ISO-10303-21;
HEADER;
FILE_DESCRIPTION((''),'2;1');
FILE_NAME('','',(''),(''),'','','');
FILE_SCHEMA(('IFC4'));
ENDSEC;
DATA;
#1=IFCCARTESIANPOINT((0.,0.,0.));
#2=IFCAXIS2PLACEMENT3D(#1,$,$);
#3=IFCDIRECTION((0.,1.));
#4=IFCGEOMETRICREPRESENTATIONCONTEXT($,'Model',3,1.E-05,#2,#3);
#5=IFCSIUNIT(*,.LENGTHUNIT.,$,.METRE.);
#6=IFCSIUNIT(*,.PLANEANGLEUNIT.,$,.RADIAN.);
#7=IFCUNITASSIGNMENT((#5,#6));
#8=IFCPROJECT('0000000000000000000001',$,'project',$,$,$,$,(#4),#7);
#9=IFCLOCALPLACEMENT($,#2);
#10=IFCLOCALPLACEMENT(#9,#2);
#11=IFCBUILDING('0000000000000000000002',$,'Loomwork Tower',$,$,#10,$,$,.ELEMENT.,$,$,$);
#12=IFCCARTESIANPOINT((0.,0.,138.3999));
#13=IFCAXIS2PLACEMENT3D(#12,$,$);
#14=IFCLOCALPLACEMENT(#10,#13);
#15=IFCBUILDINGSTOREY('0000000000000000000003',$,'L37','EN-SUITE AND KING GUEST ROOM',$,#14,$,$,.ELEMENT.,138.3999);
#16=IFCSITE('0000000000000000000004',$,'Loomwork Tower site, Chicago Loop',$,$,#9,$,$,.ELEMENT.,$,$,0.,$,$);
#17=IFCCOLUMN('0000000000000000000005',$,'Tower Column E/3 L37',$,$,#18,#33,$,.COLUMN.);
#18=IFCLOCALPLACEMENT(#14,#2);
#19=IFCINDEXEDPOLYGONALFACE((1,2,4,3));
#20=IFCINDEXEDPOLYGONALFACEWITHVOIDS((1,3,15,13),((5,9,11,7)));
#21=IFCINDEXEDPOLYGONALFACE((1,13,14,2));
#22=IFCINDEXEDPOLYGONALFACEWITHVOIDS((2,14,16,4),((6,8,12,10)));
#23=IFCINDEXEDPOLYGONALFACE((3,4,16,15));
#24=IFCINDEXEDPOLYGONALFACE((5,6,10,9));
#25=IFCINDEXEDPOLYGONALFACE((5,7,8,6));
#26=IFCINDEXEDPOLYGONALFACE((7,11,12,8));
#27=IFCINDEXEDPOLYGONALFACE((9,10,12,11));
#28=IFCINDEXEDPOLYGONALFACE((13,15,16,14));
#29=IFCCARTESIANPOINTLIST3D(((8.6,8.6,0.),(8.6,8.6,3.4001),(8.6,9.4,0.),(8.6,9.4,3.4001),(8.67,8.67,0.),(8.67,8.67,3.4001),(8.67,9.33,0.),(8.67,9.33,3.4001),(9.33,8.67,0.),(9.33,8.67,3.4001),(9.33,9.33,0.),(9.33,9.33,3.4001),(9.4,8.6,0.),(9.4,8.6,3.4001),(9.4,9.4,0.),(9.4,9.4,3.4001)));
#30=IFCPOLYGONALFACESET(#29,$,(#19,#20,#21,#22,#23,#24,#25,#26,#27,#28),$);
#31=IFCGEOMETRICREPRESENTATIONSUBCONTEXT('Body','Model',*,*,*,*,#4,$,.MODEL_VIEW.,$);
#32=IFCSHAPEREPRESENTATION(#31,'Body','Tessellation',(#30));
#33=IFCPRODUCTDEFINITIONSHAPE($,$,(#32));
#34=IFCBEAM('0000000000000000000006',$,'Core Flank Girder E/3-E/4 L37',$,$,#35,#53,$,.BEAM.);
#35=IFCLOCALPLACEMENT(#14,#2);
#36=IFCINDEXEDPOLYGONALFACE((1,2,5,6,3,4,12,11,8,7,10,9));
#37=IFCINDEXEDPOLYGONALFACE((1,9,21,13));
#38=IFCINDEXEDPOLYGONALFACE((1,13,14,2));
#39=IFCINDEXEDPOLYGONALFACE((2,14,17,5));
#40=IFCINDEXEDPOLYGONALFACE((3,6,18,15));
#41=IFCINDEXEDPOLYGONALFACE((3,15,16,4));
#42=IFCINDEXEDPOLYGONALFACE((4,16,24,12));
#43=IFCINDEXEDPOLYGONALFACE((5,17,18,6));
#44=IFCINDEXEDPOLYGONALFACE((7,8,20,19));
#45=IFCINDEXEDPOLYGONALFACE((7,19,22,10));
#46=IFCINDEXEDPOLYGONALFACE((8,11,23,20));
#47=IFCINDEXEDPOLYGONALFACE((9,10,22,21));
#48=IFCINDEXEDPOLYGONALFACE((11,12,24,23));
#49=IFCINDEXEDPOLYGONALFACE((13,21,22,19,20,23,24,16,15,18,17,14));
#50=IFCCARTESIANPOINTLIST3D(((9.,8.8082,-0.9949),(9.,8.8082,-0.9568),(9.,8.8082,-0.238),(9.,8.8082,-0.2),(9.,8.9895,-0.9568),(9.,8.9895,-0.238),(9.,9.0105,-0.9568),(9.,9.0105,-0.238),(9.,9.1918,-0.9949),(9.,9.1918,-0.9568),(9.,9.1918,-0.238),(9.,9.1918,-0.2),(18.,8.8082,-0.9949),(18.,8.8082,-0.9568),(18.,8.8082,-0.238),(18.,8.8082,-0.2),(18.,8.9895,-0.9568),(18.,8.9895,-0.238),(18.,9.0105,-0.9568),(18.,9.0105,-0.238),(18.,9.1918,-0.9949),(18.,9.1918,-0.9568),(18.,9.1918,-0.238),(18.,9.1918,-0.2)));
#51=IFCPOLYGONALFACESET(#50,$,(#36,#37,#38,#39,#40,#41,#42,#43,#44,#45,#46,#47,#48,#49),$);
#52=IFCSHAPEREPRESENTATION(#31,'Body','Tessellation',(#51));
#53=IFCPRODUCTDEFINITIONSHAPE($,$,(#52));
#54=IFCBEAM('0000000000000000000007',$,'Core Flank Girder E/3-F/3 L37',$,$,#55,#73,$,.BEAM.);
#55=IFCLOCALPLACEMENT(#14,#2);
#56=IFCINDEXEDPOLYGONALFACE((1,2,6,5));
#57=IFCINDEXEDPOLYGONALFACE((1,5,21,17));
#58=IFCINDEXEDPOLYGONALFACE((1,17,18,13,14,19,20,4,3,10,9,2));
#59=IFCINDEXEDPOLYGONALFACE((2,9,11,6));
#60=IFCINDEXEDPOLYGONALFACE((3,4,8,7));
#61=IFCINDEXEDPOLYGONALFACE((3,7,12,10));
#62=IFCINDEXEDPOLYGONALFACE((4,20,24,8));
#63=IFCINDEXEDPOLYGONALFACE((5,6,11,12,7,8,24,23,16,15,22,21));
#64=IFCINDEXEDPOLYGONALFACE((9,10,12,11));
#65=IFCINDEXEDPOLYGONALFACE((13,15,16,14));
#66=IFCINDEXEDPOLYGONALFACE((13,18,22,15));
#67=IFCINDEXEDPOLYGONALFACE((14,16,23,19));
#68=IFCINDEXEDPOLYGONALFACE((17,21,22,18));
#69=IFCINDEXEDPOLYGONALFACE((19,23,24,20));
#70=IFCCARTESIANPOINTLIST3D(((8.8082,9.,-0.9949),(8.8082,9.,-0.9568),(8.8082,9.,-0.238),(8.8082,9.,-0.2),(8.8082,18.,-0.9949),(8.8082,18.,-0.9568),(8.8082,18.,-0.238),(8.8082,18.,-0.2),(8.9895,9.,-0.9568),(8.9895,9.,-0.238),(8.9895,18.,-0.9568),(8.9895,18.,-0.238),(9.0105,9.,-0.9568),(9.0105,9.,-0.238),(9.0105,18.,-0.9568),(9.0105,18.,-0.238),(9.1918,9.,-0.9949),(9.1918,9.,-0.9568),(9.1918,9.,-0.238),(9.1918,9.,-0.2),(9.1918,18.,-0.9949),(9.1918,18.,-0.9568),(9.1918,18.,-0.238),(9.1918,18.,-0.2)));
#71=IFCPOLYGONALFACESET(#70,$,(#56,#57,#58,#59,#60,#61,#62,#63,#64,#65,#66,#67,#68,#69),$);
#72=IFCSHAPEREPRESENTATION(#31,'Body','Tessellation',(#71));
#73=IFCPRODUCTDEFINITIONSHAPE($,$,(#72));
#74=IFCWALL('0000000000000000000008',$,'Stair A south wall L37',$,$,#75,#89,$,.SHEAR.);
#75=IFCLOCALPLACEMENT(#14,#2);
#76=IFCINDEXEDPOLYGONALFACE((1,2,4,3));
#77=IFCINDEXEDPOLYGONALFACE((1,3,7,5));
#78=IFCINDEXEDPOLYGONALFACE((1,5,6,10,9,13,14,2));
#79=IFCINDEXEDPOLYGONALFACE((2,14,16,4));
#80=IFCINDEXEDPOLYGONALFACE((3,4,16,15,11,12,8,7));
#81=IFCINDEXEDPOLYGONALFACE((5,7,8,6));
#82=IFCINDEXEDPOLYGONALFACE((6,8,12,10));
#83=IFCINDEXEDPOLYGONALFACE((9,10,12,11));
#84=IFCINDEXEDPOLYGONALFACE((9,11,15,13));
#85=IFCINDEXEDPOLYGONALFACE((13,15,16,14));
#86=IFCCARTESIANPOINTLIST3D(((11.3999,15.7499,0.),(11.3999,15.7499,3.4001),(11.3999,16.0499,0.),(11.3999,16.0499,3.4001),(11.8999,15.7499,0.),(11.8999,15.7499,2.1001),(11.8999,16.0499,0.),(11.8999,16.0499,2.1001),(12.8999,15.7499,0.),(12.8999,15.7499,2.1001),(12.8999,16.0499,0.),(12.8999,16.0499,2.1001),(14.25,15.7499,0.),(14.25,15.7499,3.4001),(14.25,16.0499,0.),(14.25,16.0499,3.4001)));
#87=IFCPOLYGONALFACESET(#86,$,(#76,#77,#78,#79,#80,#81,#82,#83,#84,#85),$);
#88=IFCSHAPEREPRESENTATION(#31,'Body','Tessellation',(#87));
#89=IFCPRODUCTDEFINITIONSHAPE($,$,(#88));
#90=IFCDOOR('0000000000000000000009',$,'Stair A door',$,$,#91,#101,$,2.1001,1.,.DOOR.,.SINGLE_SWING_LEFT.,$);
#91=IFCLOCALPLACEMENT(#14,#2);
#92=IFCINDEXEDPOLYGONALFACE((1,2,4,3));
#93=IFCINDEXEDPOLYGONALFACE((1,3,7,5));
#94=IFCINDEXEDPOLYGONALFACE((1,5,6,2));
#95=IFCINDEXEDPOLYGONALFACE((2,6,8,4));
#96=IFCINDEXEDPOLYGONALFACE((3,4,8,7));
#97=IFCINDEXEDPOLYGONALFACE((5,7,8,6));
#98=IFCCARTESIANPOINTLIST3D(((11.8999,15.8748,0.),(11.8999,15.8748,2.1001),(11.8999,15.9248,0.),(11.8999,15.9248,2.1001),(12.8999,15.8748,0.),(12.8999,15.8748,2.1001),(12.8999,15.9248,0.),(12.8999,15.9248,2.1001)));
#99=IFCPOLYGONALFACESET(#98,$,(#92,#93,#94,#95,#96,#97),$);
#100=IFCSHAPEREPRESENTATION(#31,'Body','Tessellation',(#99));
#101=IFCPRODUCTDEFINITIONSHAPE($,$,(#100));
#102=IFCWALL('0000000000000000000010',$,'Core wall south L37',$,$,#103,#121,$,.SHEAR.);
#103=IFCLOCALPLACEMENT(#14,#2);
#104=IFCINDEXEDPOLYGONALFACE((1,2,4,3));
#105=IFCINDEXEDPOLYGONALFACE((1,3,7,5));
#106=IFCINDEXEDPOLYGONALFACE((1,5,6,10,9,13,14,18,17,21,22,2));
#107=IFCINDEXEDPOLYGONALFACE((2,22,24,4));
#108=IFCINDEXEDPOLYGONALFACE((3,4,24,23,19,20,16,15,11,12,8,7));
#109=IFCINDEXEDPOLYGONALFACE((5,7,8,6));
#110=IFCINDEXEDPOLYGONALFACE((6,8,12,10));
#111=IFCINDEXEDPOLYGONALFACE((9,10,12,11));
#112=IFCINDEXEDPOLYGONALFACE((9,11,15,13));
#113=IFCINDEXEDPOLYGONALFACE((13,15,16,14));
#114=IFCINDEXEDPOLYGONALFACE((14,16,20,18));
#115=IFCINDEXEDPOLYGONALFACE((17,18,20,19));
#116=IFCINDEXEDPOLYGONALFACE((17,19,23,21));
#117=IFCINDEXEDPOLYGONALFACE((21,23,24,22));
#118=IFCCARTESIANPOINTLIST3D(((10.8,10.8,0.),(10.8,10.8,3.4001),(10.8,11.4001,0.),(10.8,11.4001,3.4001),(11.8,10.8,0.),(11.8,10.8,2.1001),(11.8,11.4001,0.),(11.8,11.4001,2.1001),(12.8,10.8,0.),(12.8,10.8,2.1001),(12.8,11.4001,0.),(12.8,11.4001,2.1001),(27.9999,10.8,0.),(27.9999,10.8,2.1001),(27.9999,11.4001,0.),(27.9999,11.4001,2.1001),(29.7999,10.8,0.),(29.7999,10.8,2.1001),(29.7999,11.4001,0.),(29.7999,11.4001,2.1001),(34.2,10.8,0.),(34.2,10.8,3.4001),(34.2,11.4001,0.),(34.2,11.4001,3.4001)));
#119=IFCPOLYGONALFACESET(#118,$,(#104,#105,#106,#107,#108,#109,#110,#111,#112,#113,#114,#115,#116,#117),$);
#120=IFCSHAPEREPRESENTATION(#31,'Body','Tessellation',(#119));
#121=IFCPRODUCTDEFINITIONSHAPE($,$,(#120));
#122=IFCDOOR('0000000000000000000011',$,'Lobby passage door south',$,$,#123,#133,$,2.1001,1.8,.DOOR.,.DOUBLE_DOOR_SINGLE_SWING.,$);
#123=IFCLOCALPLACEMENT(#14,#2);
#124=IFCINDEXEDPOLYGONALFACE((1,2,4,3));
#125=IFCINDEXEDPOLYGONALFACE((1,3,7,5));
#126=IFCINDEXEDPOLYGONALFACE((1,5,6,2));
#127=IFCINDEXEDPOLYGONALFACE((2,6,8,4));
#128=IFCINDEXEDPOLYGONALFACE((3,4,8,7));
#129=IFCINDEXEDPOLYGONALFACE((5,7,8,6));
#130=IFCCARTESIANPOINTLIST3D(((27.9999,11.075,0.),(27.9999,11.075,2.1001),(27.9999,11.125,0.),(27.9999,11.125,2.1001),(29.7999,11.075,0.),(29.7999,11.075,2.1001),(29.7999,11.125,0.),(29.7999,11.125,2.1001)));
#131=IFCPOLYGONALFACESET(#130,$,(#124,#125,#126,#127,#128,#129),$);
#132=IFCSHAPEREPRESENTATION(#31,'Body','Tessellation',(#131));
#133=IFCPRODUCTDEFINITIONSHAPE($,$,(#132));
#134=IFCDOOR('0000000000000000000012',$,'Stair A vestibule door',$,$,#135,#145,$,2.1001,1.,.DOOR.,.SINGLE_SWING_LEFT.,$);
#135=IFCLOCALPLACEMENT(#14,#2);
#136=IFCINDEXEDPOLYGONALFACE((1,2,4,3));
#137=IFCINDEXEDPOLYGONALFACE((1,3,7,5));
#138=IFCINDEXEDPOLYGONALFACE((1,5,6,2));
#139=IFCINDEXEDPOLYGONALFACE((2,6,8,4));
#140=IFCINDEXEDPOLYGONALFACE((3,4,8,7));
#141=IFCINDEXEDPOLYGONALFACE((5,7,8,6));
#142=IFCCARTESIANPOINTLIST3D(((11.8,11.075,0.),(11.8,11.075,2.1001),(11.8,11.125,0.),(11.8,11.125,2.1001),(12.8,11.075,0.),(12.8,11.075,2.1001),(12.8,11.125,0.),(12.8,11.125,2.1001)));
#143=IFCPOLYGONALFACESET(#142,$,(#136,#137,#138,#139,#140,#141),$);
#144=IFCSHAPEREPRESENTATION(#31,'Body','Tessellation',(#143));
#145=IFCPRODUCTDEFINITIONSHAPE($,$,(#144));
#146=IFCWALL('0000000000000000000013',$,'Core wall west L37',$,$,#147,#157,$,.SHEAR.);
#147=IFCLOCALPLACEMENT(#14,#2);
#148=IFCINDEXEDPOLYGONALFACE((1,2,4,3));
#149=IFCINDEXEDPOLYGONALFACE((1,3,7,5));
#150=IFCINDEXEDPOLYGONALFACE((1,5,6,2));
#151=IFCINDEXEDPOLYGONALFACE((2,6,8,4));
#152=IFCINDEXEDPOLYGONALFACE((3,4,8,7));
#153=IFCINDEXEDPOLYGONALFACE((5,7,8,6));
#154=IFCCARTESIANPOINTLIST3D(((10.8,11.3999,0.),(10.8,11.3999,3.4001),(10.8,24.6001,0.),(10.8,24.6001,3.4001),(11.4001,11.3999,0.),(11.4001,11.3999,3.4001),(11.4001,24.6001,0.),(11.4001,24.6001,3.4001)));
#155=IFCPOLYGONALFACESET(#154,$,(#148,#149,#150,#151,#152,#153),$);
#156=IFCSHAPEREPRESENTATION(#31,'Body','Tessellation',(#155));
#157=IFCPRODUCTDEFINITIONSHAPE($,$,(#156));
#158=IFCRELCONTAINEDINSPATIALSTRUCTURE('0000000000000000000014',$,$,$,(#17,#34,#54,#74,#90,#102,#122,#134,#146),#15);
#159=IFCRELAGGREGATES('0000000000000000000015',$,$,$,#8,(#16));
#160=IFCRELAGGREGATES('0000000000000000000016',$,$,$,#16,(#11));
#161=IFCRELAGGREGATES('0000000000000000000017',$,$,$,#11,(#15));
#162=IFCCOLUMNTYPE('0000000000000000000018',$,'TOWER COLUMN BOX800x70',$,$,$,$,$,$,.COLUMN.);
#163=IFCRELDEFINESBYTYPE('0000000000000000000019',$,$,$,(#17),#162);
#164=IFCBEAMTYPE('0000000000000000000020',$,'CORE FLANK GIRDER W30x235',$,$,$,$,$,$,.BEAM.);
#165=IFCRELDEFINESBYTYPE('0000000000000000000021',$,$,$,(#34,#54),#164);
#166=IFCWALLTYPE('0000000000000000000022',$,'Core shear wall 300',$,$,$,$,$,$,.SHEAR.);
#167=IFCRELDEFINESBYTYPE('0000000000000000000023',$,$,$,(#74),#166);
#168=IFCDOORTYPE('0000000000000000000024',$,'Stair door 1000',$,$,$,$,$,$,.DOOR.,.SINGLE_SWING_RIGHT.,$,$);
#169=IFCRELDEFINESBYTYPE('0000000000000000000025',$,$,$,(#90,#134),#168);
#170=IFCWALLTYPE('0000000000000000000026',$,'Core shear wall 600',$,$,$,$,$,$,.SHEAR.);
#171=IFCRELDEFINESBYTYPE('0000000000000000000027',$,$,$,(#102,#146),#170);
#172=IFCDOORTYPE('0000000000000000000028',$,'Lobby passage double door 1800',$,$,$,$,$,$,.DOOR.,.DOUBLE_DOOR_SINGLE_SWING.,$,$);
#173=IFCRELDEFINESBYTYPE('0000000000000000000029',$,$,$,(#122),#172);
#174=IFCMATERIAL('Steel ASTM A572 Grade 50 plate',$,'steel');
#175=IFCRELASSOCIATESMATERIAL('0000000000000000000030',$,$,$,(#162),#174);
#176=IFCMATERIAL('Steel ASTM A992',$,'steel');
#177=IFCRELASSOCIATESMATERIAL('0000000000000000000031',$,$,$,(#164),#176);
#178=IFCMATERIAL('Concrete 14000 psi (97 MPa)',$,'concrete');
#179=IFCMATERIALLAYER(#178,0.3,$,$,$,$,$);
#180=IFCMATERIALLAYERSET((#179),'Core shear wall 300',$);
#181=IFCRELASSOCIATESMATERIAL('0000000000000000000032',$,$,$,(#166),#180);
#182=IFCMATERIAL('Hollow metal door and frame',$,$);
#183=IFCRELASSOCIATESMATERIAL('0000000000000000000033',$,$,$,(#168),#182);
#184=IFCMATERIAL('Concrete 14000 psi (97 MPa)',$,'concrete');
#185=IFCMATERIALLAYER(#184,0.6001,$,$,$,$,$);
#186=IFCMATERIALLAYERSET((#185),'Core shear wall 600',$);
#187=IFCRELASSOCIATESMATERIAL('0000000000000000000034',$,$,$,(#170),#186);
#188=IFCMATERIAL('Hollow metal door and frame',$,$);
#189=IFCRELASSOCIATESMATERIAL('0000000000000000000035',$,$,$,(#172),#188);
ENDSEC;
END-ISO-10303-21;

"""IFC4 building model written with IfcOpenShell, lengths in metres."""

from ifc_helpers import new_model, si_unit, direction, frame, frame_2d, origin, origin_2d, place, context, subcontext, project, spatial, rectangle, hollow_rectangle, i_section, extrude, material, layer, layer_set, material_profile, profile_set, type_object, element, fill, save


model = new_model("IFC4")

# Units and contexts
model_context = context("Model", 3, precision=1e-05, world=origin(), true_north=direction((0.0, 1.0)))
body_context = subcontext(model_context, "Body", "Model", "MODEL_VIEW")
ifc_project = project(units=[si_unit("LENGTHUNIT", "METRE"), si_unit("PLANEANGLEUNIT", "RADIAN")], contexts=[model_context])

# Site, building, storey
site_placement = place(None, origin())
site = spatial("IfcSite", under=ifc_project, at=site_placement, Name="Loomwork Tower site, Chicago Loop", CompositionType="ELEMENT", RefElevation=0.0)
building_placement = place(site_placement, origin())
building = spatial("IfcBuilding", under=site, at=building_placement, Name="Loomwork Tower", CompositionType="ELEMENT")
storey_placement = place(building_placement, frame((0.0, 0.0, 138.3999)))
storey = spatial("IfcBuildingStorey", under=building, at=storey_placement, Name="L37", Description="EN-SUITE AND KING GUEST ROOM", CompositionType="ELEMENT", Elevation=138.3999)

# Column
ifc_material_1 = material(Name="Steel ASTM A572 Grade 50 plate", Category="steel")
ifc_material_profile_1 = material_profile(ifc_material_1, hollow_rectangle(XDim=0.8, YDim=0.8, WallThickness=0.0701, at=origin_2d()), Name="BOX800x70")
ifc_profile_set_1 = profile_set([ifc_material_profile_1], Name="Steel ASTM A572 Grade 50 plate")
column_type = type_object("IfcColumnType", Name="TOWER COLUMN BOX800x70", PredefinedType="COLUMN", material=ifc_profile_set_1)
column_placement = place(storey_placement, frame((9.0, 9.0, 0.0), z_axis=(0.0, 0.0, 1.0), x_axis=(1.0, 0.0, 0.0)))
element("IfcColumn", 1, at=column_placement, inside=storey, type_object=column_type, Name="Tower Column E/3 L37", PredefinedType="COLUMN", context=body_context, shape_type="SweptSolid", body=[
    extrude(hollow_rectangle(XDim=0.8, YDim=0.8, WallThickness=0.0701, at=origin_2d()), origin(), (0.0, 0.0, 1.0), 3.4001),
])

# Beams
ifc_material_2 = material(Name="Steel ASTM A992", Category="steel")
ifc_material_profile_2 = material_profile(ifc_material_2, i_section(OverallWidth=0.3835, OverallDepth=0.7949, WebThickness=0.021, FlangeThickness=0.0381, at=origin_2d()), Name="W30x235")
ifc_profile_set_2 = profile_set([ifc_material_profile_2], Name="Steel ASTM A992")
beam_type = type_object("IfcBeamType", Name="CORE FLANK GIRDER W30x235", PredefinedType="BEAM", material=ifc_profile_set_2)
for number, where, z_axis, x_axis, name in (
    (2, (9.0, 9.0, -0.5974), (1.0, 0.0, 0.0), (0.0, 1.0, 0.0), "Core Flank Girder E/3-E/4 L37"),
    (3, (9.0, 9.0, -0.5974), (0.0, 1.0, 0.0), (-1.0, 0.0, 0.0), "Core Flank Girder E/3-F/3 L37"),
):
    element("IfcBeam", number, at=place(storey_placement, frame(where, z_axis=z_axis, x_axis=x_axis)), inside=storey, type_object=beam_type, Name=name, PredefinedType="BEAM", context=body_context, shape_type="SweptSolid", body=[
        extrude(i_section(OverallWidth=0.3835, OverallDepth=0.7949, WebThickness=0.021, FlangeThickness=0.0381, at=origin_2d()), origin(), (0.0, 0.0, 1.0), 9.0),
    ])

# Wall, opening, door
ifc_material_3 = material(Name="Concrete 14000 psi (97 MPa)", Category="concrete")
ifc_layer_1 = layer(ifc_material_3, 0.3)
ifc_layer_set_1 = layer_set([ifc_layer_1], Name="Core shear wall 300")
wall_type_1 = type_object("IfcWallType", Name="Core shear wall 300", PredefinedType="SHEAR", material=ifc_layer_set_1)
wall_1_placement = place(storey_placement, frame((11.3999, 15.8999, 0.0), z_axis=(0.0, 0.0, 1.0), x_axis=(1.0, 0.0, 0.0)))
wall_1 = element("IfcWall", 4, at=wall_1_placement, inside=storey, type_object=wall_type_1, Name="Stair A south wall L37", PredefinedType="SHEAR", context=body_context, shape_type="SweptSolid", body=[
    extrude(rectangle(XDim=2.8501, YDim=0.3, at=frame_2d((1.425, 0.0))), origin(), (0.0, 0.0, 1.0), 3.4001),
])
opening_1_placement = place(wall_1_placement, frame((0.5, 0.0, 0.0)))
opening_1 = element("IfcOpeningElement", 5, at=opening_1_placement, cuts=wall_1, PredefinedType="OPENING", context=body_context, shape_type="SweptSolid", body=[
    extrude(rectangle(XDim=1.0, YDim=2.1001, at=frame_2d((0.5, 1.05))), frame((0.0, 0.1599, 0.0), z_axis=(0.0, -1.0, 0.0), x_axis=(1.0, 0.0, 0.0)), (0.0, 0.0, 1.0), 0.3201),
])
ifc_material_4 = material(Name="Hollow metal door and frame")
door_type_1 = type_object("IfcDoorType", Name="Stair door 1000", OperationType="SINGLE_SWING_RIGHT", PredefinedType="DOOR", material=ifc_material_4)
door_1_placement = place(opening_1_placement, origin())
door_1 = element("IfcDoor", 6, at=door_1_placement, inside=storey, type_object=door_type_1, Name="Stair A door", OperationType="SINGLE_SWING_LEFT", OverallHeight=2.1001, OverallWidth=1.0, PredefinedType="DOOR", context=body_context, shape_type="SweptSolid", body=[
    extrude(rectangle(XDim=1.0, YDim=2.1001, at=frame_2d((0.5, 1.05))), frame((0.0, 0.0249, 0.0), z_axis=(0.0, -1.0, 0.0), x_axis=(1.0, 0.0, 0.0)), (0.0, 0.0, 1.0), 0.05),
])
fill(opening_1, door_1)

# Wall, openings, doors
ifc_material_5 = material(Name="Concrete 14000 psi (97 MPa)", Category="concrete")
ifc_layer_2 = layer(ifc_material_5, 0.6001)
ifc_layer_set_2 = layer_set([ifc_layer_2], Name="Core shear wall 600")
wall_type_2 = type_object("IfcWallType", Name="Core shear wall 600", PredefinedType="SHEAR", material=ifc_layer_set_2)
wall_2_placement = place(storey_placement, frame((10.8, 11.1001, 0.0), z_axis=(0.0, 0.0, 1.0), x_axis=(1.0, 0.0, 0.0)))
wall_2 = element("IfcWall", 7, at=wall_2_placement, inside=storey, type_object=wall_type_2, Name="Core wall south L37", PredefinedType="SHEAR", context=body_context, shape_type="SweptSolid", body=[
    extrude(rectangle(XDim=23.3999, YDim=0.6001, at=frame_2d((11.7, 0.0))), origin(), (0.0, 0.0, 1.0), 3.4001),
])
opening_2_placement = place(wall_2_placement, frame((1.0, 0.0, 0.0)))
opening_2 = element("IfcOpeningElement", 8, at=opening_2_placement, cuts=wall_2, PredefinedType="OPENING", context=body_context, shape_type="SweptSolid", body=[
    extrude(rectangle(XDim=1.0, YDim=2.1001, at=frame_2d((0.5, 1.05))), frame((0.0, 0.3101, 0.0), z_axis=(0.0, -1.0, 0.0), x_axis=(1.0, 0.0, 0.0)), (0.0, 0.0, 1.0), 0.6201),
])
opening_3_placement = place(wall_2_placement, frame((17.2, 0.0, 0.0)))
opening_3 = element("IfcOpeningElement", 9, at=opening_3_placement, cuts=wall_2, PredefinedType="OPENING", context=body_context, shape_type="SweptSolid", body=[
    extrude(rectangle(XDim=1.8, YDim=2.1001, at=frame_2d((0.8999, 1.05))), frame((0.0, 0.3101, 0.0), z_axis=(0.0, -1.0, 0.0), x_axis=(1.0, 0.0, 0.0)), (0.0, 0.0, 1.0), 0.6201),
])
ifc_material_6 = material(Name="Hollow metal door and frame")
door_type_2 = type_object("IfcDoorType", Name="Lobby passage double door 1800", OperationType="DOUBLE_DOOR_SINGLE_SWING", PredefinedType="DOOR", material=ifc_material_6)
door_2_placement = place(opening_3_placement, origin())
door_2 = element("IfcDoor", 10, at=door_2_placement, inside=storey, type_object=door_type_2, Name="Lobby passage door south", OperationType="DOUBLE_DOOR_SINGLE_SWING", OverallHeight=2.1001, OverallWidth=1.8, PredefinedType="DOOR", context=body_context, shape_type="SweptSolid", body=[
    extrude(rectangle(XDim=1.8, YDim=2.1001, at=frame_2d((0.8999, 1.05))), frame((0.0, 0.0249, 0.0), z_axis=(0.0, -1.0, 0.0), x_axis=(1.0, 0.0, 0.0)), (0.0, 0.0, 1.0), 0.05),
])
fill(opening_3, door_2)
door_3_placement = place(opening_2_placement, origin())
door_3 = element("IfcDoor", 11, at=door_3_placement, inside=storey, type_object=door_type_1, Name="Stair A vestibule door", OperationType="SINGLE_SWING_LEFT", OverallHeight=2.1001, OverallWidth=1.0, PredefinedType="DOOR", context=body_context, shape_type="SweptSolid", body=[
    extrude(rectangle(XDim=1.0, YDim=2.1001, at=frame_2d((0.5, 1.05))), frame((0.0, 0.0249, 0.0), z_axis=(0.0, -1.0, 0.0), x_axis=(1.0, 0.0, 0.0)), (0.0, 0.0, 1.0), 0.05),
])
fill(opening_2, door_3)

# Wall
wall_3_placement = place(storey_placement, frame((11.1001, 11.3999, 0.0), z_axis=(0.0, 0.0, 1.0), x_axis=(0.0, 1.0, 0.0)))
element("IfcWall", 12, at=wall_3_placement, inside=storey, type_object=wall_type_2, Name="Core wall west L37", PredefinedType="SHEAR", context=body_context, shape_type="SweptSolid", body=[
    extrude(rectangle(XDim=13.2002, YDim=0.6001, at=frame_2d((6.6001, 0.0))), origin(), (0.0, 0.0, 1.0), 3.4001),
])

save(model, "model.ifc")
